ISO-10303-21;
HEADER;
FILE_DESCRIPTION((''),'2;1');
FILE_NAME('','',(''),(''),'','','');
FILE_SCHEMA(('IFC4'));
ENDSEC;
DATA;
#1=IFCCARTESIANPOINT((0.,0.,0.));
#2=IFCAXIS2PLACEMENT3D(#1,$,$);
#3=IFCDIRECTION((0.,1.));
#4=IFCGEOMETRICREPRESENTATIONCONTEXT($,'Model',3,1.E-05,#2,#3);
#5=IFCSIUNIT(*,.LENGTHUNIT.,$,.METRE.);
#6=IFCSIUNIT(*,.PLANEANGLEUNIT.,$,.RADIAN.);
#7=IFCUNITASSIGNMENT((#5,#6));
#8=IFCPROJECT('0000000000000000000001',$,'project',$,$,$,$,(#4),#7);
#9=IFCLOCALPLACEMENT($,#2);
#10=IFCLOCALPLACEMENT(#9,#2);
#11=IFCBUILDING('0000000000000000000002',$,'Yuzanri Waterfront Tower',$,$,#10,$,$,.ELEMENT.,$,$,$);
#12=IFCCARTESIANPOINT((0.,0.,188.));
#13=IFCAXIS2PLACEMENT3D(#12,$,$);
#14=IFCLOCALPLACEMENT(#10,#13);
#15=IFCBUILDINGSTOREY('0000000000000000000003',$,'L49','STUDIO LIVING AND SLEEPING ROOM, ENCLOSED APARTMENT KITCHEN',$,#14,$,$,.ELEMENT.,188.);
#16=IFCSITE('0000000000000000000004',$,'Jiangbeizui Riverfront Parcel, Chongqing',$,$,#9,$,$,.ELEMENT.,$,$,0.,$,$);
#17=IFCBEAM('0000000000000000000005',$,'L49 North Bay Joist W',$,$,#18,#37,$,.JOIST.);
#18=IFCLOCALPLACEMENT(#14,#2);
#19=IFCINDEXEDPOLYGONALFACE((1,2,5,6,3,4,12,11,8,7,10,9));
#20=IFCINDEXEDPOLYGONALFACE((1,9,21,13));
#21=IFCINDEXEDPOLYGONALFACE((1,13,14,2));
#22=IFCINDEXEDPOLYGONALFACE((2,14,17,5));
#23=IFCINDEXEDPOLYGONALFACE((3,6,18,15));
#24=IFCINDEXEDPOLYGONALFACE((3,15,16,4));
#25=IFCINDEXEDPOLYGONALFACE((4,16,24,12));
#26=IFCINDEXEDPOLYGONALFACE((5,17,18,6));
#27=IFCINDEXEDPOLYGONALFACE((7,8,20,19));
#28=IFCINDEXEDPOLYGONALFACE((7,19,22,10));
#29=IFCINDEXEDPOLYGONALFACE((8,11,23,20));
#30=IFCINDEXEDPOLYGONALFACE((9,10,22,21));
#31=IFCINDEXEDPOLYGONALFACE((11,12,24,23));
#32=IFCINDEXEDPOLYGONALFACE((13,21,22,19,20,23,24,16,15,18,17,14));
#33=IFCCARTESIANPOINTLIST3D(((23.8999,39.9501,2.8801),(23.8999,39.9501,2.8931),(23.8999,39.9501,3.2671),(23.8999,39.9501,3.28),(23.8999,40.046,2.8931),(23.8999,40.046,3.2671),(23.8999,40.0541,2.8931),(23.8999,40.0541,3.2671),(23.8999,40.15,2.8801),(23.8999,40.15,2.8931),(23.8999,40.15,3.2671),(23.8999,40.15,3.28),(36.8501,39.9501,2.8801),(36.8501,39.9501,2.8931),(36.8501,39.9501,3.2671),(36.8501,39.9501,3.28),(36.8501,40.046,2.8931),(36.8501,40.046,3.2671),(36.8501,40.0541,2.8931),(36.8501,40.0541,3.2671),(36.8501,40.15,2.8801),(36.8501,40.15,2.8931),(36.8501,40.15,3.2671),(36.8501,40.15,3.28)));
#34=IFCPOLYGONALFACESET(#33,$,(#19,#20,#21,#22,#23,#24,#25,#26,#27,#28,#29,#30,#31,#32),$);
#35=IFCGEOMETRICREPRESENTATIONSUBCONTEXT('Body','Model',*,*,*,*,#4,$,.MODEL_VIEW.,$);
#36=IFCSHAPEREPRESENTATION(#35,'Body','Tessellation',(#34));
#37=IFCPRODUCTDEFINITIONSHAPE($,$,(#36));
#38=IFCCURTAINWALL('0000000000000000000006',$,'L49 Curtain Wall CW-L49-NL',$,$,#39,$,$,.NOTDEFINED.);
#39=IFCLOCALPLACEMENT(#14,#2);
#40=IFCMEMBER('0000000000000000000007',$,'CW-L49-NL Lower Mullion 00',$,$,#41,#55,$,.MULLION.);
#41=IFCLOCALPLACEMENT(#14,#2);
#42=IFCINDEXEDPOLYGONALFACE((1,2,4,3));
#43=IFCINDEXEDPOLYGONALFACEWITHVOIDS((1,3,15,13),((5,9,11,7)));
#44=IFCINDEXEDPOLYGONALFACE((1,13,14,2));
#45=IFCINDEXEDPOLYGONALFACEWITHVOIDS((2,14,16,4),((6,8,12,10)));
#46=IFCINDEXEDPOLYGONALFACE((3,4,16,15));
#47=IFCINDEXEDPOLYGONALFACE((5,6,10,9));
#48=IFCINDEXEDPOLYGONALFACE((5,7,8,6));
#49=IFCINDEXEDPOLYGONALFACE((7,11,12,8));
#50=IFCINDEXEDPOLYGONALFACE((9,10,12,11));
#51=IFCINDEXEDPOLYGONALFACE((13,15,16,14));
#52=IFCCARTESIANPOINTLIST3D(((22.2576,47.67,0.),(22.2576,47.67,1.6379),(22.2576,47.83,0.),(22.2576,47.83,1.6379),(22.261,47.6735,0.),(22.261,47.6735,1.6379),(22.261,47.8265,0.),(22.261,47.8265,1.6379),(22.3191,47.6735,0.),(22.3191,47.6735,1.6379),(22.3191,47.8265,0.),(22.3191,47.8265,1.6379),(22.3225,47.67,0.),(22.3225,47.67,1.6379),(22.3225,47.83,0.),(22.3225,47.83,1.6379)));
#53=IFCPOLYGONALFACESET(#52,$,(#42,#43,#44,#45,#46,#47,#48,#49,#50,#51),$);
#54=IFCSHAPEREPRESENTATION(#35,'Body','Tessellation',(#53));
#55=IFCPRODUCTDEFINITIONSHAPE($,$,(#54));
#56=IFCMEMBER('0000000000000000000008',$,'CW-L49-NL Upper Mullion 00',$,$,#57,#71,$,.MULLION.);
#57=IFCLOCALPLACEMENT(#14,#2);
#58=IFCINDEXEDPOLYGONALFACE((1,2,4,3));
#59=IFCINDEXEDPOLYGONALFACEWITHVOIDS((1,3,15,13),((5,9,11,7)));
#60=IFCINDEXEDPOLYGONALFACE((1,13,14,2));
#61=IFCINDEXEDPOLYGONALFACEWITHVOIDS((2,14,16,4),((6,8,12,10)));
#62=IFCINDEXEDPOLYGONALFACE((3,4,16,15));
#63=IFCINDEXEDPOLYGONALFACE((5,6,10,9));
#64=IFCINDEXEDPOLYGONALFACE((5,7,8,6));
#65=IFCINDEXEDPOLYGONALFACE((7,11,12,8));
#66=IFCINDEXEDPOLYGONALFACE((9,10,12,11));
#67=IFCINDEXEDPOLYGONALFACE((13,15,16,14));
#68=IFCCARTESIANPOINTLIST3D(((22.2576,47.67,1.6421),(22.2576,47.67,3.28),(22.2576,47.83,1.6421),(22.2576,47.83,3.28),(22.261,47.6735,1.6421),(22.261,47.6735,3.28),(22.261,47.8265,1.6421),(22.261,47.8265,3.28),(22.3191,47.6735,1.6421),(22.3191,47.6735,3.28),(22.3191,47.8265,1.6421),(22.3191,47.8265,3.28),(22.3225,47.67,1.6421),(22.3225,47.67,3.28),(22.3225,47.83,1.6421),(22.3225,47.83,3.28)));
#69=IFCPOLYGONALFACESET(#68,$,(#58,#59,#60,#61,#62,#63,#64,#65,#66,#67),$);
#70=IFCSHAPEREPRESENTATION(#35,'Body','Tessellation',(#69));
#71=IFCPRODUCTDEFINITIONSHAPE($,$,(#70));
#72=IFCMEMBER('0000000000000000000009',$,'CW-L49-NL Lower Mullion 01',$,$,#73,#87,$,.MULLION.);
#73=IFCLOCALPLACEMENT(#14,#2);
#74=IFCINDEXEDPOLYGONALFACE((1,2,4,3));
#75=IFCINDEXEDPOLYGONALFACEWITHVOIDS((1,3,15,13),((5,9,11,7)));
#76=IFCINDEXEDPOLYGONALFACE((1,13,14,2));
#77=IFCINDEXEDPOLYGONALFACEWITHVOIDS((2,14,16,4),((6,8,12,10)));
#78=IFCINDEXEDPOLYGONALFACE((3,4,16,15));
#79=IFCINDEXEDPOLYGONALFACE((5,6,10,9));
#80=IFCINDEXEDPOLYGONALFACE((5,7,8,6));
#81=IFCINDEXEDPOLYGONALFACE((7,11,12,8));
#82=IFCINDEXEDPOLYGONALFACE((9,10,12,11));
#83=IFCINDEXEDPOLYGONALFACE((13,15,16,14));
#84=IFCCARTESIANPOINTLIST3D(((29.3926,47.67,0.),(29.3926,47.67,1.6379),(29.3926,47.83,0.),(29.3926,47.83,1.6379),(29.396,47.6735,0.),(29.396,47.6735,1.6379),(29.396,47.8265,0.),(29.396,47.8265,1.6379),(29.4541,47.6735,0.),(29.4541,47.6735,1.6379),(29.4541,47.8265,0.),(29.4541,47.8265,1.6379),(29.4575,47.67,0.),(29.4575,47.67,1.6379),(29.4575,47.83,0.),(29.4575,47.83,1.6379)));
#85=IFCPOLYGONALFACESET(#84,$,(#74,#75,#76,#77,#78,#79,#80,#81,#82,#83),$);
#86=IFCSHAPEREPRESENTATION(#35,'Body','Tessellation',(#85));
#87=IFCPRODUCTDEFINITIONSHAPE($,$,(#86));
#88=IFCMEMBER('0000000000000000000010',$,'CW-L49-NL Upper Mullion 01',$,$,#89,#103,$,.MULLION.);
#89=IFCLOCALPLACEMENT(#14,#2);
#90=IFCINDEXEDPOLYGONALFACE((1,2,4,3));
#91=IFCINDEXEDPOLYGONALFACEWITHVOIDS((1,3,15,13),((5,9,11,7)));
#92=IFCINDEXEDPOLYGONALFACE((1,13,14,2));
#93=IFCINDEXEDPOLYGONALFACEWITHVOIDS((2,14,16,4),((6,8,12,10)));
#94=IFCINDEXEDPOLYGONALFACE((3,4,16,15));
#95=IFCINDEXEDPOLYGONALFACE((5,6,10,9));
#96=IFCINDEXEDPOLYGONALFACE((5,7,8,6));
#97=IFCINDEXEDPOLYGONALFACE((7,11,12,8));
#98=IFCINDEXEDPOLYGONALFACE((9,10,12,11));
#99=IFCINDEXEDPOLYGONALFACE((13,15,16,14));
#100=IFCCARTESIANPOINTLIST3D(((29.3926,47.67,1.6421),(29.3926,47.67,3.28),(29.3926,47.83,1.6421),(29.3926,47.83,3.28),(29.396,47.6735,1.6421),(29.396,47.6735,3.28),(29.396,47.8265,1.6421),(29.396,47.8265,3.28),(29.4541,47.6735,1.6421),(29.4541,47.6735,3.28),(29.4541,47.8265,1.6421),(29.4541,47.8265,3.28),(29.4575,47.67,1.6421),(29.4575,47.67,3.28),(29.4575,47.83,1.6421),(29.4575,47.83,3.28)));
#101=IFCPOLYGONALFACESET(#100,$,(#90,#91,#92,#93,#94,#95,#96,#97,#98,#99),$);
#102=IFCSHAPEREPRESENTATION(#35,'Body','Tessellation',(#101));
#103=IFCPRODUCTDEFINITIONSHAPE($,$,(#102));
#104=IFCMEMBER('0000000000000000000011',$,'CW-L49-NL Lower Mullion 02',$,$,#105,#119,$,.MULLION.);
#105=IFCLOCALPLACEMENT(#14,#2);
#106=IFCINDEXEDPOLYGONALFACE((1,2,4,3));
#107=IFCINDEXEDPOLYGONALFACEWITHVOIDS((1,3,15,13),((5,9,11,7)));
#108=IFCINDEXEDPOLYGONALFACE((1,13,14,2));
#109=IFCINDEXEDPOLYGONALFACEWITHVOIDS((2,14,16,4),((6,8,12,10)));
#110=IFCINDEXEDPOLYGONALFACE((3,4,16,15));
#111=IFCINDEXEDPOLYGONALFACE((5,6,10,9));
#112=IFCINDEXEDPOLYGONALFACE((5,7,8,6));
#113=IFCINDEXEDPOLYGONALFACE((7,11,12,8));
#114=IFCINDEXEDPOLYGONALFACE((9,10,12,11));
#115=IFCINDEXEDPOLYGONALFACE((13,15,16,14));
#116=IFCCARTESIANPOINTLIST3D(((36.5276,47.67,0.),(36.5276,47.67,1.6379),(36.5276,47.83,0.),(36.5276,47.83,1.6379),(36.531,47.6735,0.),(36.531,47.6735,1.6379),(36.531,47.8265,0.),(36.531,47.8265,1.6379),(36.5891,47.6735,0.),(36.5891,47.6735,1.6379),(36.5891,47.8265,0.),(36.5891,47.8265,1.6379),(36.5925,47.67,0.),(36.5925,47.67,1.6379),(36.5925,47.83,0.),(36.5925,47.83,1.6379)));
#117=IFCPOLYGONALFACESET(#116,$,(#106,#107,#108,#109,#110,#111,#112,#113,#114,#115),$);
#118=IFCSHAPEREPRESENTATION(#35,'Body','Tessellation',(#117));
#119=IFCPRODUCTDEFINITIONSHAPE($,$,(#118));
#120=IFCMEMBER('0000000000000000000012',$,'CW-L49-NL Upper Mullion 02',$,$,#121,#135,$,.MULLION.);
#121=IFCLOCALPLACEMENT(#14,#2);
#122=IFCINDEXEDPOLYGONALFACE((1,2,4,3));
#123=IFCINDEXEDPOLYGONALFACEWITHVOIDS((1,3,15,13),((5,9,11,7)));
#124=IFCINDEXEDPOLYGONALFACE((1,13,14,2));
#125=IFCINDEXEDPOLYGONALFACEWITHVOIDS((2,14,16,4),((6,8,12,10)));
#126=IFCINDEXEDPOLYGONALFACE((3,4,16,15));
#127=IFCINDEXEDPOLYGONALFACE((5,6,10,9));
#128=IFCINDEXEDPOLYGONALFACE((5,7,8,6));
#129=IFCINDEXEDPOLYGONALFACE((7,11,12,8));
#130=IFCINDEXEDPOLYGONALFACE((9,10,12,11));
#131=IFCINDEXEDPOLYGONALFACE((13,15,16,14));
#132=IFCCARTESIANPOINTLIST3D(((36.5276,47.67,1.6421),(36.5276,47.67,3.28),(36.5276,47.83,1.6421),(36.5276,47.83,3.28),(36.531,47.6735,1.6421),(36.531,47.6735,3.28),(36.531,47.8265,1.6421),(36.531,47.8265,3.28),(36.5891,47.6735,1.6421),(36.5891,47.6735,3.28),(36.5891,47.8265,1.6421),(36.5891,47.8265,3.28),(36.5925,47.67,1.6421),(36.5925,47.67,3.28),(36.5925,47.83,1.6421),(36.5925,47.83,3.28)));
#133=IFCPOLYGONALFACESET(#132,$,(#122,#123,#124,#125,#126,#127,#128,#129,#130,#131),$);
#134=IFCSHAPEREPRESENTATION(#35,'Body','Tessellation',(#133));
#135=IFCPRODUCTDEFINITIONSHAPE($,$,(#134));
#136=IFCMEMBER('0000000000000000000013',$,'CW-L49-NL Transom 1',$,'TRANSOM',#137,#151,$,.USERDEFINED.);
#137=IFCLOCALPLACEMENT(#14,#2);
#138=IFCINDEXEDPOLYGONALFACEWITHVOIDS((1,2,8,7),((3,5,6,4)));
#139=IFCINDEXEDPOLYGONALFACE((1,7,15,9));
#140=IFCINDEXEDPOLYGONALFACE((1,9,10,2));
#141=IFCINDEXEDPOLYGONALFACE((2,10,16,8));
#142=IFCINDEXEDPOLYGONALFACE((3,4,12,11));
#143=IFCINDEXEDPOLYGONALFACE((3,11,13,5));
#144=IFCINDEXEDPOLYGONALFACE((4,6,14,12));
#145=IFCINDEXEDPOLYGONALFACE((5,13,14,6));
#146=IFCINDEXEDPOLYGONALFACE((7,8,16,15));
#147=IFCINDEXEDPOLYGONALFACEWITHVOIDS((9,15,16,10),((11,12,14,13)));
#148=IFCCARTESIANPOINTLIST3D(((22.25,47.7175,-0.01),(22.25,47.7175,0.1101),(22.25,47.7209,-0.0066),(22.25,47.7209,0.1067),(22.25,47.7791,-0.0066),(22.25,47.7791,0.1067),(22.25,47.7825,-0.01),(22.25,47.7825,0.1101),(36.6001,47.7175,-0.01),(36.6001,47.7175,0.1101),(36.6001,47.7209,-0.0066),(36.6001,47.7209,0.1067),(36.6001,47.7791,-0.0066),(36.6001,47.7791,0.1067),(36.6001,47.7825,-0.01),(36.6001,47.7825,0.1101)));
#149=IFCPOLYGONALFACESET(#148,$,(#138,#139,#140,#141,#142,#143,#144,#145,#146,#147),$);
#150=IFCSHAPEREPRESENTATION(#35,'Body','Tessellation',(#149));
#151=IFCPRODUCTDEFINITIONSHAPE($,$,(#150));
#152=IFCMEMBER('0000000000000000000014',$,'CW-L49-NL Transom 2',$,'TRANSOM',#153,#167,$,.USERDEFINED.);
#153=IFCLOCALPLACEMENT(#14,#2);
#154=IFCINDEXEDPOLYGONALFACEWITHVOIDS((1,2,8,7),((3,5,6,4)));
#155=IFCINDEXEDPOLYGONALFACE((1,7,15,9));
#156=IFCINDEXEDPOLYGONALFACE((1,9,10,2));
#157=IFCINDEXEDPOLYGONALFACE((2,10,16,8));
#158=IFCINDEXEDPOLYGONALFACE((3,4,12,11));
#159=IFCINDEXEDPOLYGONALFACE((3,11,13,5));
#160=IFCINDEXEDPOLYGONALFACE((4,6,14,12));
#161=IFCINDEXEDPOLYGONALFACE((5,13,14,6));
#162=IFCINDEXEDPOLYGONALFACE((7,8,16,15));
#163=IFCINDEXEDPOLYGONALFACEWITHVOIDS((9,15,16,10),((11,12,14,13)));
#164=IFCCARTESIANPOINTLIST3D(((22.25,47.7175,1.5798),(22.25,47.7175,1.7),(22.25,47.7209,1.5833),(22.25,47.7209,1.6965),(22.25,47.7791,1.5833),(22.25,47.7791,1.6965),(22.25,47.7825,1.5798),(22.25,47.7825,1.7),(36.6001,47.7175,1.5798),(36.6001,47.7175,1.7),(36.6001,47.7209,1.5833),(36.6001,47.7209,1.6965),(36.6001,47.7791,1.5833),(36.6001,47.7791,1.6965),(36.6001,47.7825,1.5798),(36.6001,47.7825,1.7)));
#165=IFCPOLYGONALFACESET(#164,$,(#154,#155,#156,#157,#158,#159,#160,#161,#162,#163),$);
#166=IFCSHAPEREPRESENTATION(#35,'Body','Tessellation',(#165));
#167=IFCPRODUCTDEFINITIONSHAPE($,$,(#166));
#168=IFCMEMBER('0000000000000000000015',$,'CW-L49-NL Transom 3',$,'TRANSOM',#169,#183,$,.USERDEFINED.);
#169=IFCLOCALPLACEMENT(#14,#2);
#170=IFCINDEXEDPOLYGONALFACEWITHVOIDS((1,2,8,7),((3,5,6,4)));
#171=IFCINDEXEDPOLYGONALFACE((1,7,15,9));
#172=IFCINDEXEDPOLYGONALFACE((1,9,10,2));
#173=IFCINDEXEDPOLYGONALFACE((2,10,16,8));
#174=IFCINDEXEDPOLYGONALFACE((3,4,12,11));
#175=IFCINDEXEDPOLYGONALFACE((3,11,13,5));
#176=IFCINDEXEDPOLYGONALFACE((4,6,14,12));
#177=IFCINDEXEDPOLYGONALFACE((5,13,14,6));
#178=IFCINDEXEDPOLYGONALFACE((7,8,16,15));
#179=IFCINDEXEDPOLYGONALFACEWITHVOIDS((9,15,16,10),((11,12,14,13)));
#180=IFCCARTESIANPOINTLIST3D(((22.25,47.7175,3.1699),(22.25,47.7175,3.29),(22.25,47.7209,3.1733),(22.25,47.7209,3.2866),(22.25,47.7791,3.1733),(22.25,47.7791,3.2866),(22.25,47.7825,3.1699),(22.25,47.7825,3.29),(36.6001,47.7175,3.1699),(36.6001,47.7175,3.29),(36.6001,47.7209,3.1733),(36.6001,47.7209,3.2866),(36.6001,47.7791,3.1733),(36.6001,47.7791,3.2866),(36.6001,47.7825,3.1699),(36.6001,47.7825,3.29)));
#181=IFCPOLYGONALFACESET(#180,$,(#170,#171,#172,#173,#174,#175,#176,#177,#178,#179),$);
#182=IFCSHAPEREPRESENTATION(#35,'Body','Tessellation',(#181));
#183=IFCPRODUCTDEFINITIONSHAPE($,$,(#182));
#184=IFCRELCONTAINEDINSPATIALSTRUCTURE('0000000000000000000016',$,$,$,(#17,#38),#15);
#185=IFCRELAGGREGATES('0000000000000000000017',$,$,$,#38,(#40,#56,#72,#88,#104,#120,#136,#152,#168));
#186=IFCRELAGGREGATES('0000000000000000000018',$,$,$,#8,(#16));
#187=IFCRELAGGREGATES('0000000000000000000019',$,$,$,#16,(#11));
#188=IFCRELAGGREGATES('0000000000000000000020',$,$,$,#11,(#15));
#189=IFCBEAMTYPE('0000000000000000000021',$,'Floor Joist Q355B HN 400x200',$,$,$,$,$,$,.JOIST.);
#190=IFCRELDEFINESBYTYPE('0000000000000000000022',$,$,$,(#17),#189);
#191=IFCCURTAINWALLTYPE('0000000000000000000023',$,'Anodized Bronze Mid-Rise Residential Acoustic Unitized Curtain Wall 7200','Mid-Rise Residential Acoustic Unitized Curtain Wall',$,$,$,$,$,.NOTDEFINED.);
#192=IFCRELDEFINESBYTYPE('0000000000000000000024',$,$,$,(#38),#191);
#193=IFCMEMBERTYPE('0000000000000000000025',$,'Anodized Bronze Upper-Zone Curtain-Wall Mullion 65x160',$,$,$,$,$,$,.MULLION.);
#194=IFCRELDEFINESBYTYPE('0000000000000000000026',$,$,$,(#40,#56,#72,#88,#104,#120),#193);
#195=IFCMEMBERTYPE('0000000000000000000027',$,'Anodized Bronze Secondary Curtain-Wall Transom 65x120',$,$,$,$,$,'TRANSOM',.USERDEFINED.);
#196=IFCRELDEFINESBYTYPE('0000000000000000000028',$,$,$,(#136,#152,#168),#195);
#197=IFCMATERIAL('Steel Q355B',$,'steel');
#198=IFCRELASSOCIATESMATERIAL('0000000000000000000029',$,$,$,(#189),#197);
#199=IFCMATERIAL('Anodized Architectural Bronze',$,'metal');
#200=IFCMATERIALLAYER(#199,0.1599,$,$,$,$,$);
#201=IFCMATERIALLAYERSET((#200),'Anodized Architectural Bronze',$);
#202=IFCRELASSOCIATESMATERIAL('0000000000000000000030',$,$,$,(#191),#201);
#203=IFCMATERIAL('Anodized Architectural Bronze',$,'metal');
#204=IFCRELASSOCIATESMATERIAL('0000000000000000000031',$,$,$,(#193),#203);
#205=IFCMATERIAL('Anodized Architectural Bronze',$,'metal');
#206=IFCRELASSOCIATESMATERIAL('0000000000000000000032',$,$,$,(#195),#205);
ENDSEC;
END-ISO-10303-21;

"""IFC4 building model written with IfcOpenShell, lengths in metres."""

from ifc_helpers import new_model, si_unit, direction, frame, origin, origin_2d, place, context, subcontext, project, spatial, hollow_rectangle, i_section, extrude, source, transform, mapped, material, layer, layer_set, material_profile, profile_set, type_object, element, aggregate, save


model = new_model("IFC4")

# Units and contexts
model_context = context("Model", 3, precision=1e-05, world=origin(), true_north=direction((0.0, 1.0)))
body_context = subcontext(model_context, "Body", "Model", "MODEL_VIEW")
ifc_project = project(units=[si_unit("LENGTHUNIT", "METRE"), si_unit("PLANEANGLEUNIT", "RADIAN")], contexts=[model_context])

# Site, building, storey
site_placement = place(None, origin())
site = spatial("IfcSite", under=ifc_project, at=site_placement, Name="Jiangbeizui Riverfront Parcel, Chongqing", CompositionType="ELEMENT", RefElevation=0.0)
building_placement = place(site_placement, origin())
building = spatial("IfcBuilding", under=site, at=building_placement, Name="Yuzanri Waterfront Tower", CompositionType="ELEMENT")
storey_placement = place(building_placement, frame((0.0, 0.0, 188.0)))
storey = spatial("IfcBuildingStorey", under=building, at=storey_placement, Name="L49", Description="STUDIO LIVING AND SLEEPING ROOM, ENCLOSED APARTMENT KITCHEN", CompositionType="ELEMENT", Elevation=188.0)

# Beam
ifc_material_1 = material(Name="Steel Q355B", Category="steel")
ifc_material_profile_1 = material_profile(ifc_material_1, i_section(OverallWidth=0.2, OverallDepth=0.3999, WebThickness=0.0081, FlangeThickness=0.0129, at=origin_2d()), Name="HN 400x200x8x13")
ifc_profile_set_1 = profile_set([ifc_material_profile_1], Name="Steel Q355B")
beam_type = type_object("IfcBeamType", Name="Floor Joist Q355B HN 400x200", PredefinedType="JOIST", material=ifc_profile_set_1)
shared_shape_1 = source(origin(), body_context, "Body", "SweptSolid", [
    extrude(i_section(OverallWidth=0.2, OverallDepth=0.3999, WebThickness=0.0081, FlangeThickness=0.0129, at=origin_2d()), origin(), (0.0, 0.0, 1.0), 12.9502),
])
beam_placement = place(storey_placement, frame((23.8999, 40.05, 3.0801), z_axis=(1.0, 0.0, 0.0), x_axis=(0.0, 1.0, 0.0)))
element("IfcBeam", 1, at=beam_placement, inside=storey, type_object=beam_type, Name="L49 North Bay Joist W", PredefinedType="JOIST", context=body_context, shape_type="MappedRepresentation", body=[
    mapped(shared_shape_1, transform((0.0, 0.0, 0.0), scale=1.0)),
])

# Curtain wall, members
ifc_material_2 = material(Name="Anodized Architectural Bronze", Category="metal")
ifc_layer_1 = layer(ifc_material_2, 0.1599)
ifc_layer_set_1 = layer_set([ifc_layer_1], Name="Anodized Architectural Bronze")
curtain_wall_type = type_object("IfcCurtainWallType", Name="Anodized Bronze Mid-Rise Residential Acoustic Unitized Curtain Wall 7200", Description="Mid-Rise Residential Acoustic Unitized Curtain Wall", PredefinedType="NOTDEFINED", material=ifc_layer_set_1)
curtain_wall_placement = place(storey_placement, origin())
curtain_wall = element("IfcCurtainWall", 2, at=curtain_wall_placement, inside=storey, type_object=curtain_wall_type, Name="L49 Curtain Wall CW-L49-NL", PredefinedType="NOTDEFINED")
ifc_material_3 = material(Name="Anodized Architectural Bronze", Category="metal")
ifc_material_profile_2 = material_profile(ifc_material_3, hollow_rectangle(XDim=0.0649, YDim=0.1599, WallThickness=0.0034, at=origin_2d()), Name="CWM 65x160")
ifc_profile_set_2 = profile_set([ifc_material_profile_2], Name="Anodized Architectural Bronze")
member_type_1 = type_object("IfcMemberType", Name="Anodized Bronze Upper-Zone Curtain-Wall Mullion 65x160", PredefinedType="MULLION", material=ifc_profile_set_2)
shared_shape_2 = source(origin(), body_context, "Body", "SweptSolid", [
    extrude(hollow_rectangle(XDim=0.0649, YDim=0.1599, WallThickness=0.0034, at=origin_2d()), origin(), (0.0, 0.0, 1.0), 1.6379),
])
member_1_placement = place(storey_placement, frame((22.29, 47.75, 0.0), z_axis=(0.0, 0.0, 1.0), x_axis=(1.0, 0.0, 0.0)))
member_1 = element("IfcMember", 3, at=member_1_placement, type_object=member_type_1, Name="CW-L49-NL Lower Mullion 00", PredefinedType="MULLION", context=body_context, shape_type="MappedRepresentation", body=[
    mapped(shared_shape_2, transform((0.0, 0.0, 0.0), scale=1.0)),
])
member_2_placement = place(storey_placement, frame((22.29, 47.75, 1.6421), z_axis=(0.0, 0.0, 1.0), x_axis=(1.0, 0.0, 0.0)))
member_2 = element("IfcMember", 4, at=member_2_placement, type_object=member_type_1, Name="CW-L49-NL Upper Mullion 00", PredefinedType="MULLION", context=body_context, shape_type="MappedRepresentation", body=[
    mapped(shared_shape_2, transform((0.0, 0.0, 0.0), scale=1.0)),
])
member_3_placement = place(storey_placement, frame((29.425, 47.75, 0.0), z_axis=(0.0, 0.0, 1.0), x_axis=(1.0, 0.0, 0.0)))
member_3 = element("IfcMember", 5, at=member_3_placement, type_object=member_type_1, Name="CW-L49-NL Lower Mullion 01", PredefinedType="MULLION", context=body_context, shape_type="MappedRepresentation", body=[
    mapped(shared_shape_2, transform((0.0, 0.0, 0.0), scale=1.0)),
])
member_4_placement = place(storey_placement, frame((29.425, 47.75, 1.6421), z_axis=(0.0, 0.0, 1.0), x_axis=(1.0, 0.0, 0.0)))
member_4 = element("IfcMember", 6, at=member_4_placement, type_object=member_type_1, Name="CW-L49-NL Upper Mullion 01", PredefinedType="MULLION", context=body_context, shape_type="MappedRepresentation", body=[
    mapped(shared_shape_2, transform((0.0, 0.0, 0.0), scale=1.0)),
])
member_5_placement = place(storey_placement, frame((36.5601, 47.75, 0.0), z_axis=(0.0, 0.0, 1.0), x_axis=(1.0, 0.0, 0.0)))
member_5 = element("IfcMember", 7, at=member_5_placement, type_object=member_type_1, Name="CW-L49-NL Lower Mullion 02", PredefinedType="MULLION", context=body_context, shape_type="MappedRepresentation", body=[
    mapped(shared_shape_2, transform((0.0, 0.0, 0.0), scale=1.0)),
])
member_6_placement = place(storey_placement, frame((36.5601, 47.75, 1.6421), z_axis=(0.0, 0.0, 1.0), x_axis=(1.0, 0.0, 0.0)))
member_6 = element("IfcMember", 8, at=member_6_placement, type_object=member_type_1, Name="CW-L49-NL Upper Mullion 02", PredefinedType="MULLION", context=body_context, shape_type="MappedRepresentation", body=[
    mapped(shared_shape_2, transform((0.0, 0.0, 0.0), scale=1.0)),
])
ifc_material_4 = material(Name="Anodized Architectural Bronze", Category="metal")
ifc_material_profile_3 = material_profile(ifc_material_4, hollow_rectangle(XDim=0.0649, YDim=0.1201, WallThickness=0.0034, at=origin_2d()), Name="CWT 65x120")
ifc_profile_set_3 = profile_set([ifc_material_profile_3], Name="Anodized Architectural Bronze")
member_type_2 = type_object("IfcMemberType", Name="Anodized Bronze Secondary Curtain-Wall Transom 65x120", ElementType="TRANSOM", PredefinedType="USERDEFINED", material=ifc_profile_set_3)
shared_shape_3 = source(origin(), body_context, "Body", "SweptSolid", [
    extrude(hollow_rectangle(XDim=0.0649, YDim=0.1201, WallThickness=0.0034, at=origin_2d()), origin(), (0.0, 0.0, 1.0), 14.3501),
])
member_7_placement = place(storey_placement, frame((22.25, 47.75, 0.05), z_axis=(1.0, 0.0, 0.0), x_axis=(0.0, 1.0, 0.0)))
member_7 = element("IfcMember", 9, at=member_7_placement, type_object=member_type_2, Name="CW-L49-NL Transom 1", ObjectType="TRANSOM", PredefinedType="USERDEFINED", context=body_context, shape_type="MappedRepresentation", body=[
    mapped(shared_shape_3, transform((0.0, 0.0, 0.0), scale=1.0)),
])
member_8_placement = place(storey_placement, frame((22.25, 47.75, 1.6399), z_axis=(1.0, 0.0, 0.0), x_axis=(0.0, 1.0, 0.0)))
member_8 = element("IfcMember", 10, at=member_8_placement, type_object=member_type_2, Name="CW-L49-NL Transom 2", ObjectType="TRANSOM", PredefinedType="USERDEFINED", context=body_context, shape_type="MappedRepresentation", body=[
    mapped(shared_shape_3, transform((0.0, 0.0, 0.0), scale=1.0)),
])
member_9_placement = place(storey_placement, frame((22.25, 47.75, 3.23), z_axis=(1.0, 0.0, 0.0), x_axis=(0.0, 1.0, 0.0)))
member_9 = element("IfcMember", 11, at=member_9_placement, type_object=member_type_2, Name="CW-L49-NL Transom 3", ObjectType="TRANSOM", PredefinedType="USERDEFINED", context=body_context, shape_type="MappedRepresentation", body=[
    mapped(shared_shape_3, transform((0.0, 0.0, 0.0), scale=1.0)),
])
aggregate(curtain_wall, [member_1, member_2, member_3, member_4, member_5, member_6, member_7, member_8, member_9])

save(model, "model.ifc")
